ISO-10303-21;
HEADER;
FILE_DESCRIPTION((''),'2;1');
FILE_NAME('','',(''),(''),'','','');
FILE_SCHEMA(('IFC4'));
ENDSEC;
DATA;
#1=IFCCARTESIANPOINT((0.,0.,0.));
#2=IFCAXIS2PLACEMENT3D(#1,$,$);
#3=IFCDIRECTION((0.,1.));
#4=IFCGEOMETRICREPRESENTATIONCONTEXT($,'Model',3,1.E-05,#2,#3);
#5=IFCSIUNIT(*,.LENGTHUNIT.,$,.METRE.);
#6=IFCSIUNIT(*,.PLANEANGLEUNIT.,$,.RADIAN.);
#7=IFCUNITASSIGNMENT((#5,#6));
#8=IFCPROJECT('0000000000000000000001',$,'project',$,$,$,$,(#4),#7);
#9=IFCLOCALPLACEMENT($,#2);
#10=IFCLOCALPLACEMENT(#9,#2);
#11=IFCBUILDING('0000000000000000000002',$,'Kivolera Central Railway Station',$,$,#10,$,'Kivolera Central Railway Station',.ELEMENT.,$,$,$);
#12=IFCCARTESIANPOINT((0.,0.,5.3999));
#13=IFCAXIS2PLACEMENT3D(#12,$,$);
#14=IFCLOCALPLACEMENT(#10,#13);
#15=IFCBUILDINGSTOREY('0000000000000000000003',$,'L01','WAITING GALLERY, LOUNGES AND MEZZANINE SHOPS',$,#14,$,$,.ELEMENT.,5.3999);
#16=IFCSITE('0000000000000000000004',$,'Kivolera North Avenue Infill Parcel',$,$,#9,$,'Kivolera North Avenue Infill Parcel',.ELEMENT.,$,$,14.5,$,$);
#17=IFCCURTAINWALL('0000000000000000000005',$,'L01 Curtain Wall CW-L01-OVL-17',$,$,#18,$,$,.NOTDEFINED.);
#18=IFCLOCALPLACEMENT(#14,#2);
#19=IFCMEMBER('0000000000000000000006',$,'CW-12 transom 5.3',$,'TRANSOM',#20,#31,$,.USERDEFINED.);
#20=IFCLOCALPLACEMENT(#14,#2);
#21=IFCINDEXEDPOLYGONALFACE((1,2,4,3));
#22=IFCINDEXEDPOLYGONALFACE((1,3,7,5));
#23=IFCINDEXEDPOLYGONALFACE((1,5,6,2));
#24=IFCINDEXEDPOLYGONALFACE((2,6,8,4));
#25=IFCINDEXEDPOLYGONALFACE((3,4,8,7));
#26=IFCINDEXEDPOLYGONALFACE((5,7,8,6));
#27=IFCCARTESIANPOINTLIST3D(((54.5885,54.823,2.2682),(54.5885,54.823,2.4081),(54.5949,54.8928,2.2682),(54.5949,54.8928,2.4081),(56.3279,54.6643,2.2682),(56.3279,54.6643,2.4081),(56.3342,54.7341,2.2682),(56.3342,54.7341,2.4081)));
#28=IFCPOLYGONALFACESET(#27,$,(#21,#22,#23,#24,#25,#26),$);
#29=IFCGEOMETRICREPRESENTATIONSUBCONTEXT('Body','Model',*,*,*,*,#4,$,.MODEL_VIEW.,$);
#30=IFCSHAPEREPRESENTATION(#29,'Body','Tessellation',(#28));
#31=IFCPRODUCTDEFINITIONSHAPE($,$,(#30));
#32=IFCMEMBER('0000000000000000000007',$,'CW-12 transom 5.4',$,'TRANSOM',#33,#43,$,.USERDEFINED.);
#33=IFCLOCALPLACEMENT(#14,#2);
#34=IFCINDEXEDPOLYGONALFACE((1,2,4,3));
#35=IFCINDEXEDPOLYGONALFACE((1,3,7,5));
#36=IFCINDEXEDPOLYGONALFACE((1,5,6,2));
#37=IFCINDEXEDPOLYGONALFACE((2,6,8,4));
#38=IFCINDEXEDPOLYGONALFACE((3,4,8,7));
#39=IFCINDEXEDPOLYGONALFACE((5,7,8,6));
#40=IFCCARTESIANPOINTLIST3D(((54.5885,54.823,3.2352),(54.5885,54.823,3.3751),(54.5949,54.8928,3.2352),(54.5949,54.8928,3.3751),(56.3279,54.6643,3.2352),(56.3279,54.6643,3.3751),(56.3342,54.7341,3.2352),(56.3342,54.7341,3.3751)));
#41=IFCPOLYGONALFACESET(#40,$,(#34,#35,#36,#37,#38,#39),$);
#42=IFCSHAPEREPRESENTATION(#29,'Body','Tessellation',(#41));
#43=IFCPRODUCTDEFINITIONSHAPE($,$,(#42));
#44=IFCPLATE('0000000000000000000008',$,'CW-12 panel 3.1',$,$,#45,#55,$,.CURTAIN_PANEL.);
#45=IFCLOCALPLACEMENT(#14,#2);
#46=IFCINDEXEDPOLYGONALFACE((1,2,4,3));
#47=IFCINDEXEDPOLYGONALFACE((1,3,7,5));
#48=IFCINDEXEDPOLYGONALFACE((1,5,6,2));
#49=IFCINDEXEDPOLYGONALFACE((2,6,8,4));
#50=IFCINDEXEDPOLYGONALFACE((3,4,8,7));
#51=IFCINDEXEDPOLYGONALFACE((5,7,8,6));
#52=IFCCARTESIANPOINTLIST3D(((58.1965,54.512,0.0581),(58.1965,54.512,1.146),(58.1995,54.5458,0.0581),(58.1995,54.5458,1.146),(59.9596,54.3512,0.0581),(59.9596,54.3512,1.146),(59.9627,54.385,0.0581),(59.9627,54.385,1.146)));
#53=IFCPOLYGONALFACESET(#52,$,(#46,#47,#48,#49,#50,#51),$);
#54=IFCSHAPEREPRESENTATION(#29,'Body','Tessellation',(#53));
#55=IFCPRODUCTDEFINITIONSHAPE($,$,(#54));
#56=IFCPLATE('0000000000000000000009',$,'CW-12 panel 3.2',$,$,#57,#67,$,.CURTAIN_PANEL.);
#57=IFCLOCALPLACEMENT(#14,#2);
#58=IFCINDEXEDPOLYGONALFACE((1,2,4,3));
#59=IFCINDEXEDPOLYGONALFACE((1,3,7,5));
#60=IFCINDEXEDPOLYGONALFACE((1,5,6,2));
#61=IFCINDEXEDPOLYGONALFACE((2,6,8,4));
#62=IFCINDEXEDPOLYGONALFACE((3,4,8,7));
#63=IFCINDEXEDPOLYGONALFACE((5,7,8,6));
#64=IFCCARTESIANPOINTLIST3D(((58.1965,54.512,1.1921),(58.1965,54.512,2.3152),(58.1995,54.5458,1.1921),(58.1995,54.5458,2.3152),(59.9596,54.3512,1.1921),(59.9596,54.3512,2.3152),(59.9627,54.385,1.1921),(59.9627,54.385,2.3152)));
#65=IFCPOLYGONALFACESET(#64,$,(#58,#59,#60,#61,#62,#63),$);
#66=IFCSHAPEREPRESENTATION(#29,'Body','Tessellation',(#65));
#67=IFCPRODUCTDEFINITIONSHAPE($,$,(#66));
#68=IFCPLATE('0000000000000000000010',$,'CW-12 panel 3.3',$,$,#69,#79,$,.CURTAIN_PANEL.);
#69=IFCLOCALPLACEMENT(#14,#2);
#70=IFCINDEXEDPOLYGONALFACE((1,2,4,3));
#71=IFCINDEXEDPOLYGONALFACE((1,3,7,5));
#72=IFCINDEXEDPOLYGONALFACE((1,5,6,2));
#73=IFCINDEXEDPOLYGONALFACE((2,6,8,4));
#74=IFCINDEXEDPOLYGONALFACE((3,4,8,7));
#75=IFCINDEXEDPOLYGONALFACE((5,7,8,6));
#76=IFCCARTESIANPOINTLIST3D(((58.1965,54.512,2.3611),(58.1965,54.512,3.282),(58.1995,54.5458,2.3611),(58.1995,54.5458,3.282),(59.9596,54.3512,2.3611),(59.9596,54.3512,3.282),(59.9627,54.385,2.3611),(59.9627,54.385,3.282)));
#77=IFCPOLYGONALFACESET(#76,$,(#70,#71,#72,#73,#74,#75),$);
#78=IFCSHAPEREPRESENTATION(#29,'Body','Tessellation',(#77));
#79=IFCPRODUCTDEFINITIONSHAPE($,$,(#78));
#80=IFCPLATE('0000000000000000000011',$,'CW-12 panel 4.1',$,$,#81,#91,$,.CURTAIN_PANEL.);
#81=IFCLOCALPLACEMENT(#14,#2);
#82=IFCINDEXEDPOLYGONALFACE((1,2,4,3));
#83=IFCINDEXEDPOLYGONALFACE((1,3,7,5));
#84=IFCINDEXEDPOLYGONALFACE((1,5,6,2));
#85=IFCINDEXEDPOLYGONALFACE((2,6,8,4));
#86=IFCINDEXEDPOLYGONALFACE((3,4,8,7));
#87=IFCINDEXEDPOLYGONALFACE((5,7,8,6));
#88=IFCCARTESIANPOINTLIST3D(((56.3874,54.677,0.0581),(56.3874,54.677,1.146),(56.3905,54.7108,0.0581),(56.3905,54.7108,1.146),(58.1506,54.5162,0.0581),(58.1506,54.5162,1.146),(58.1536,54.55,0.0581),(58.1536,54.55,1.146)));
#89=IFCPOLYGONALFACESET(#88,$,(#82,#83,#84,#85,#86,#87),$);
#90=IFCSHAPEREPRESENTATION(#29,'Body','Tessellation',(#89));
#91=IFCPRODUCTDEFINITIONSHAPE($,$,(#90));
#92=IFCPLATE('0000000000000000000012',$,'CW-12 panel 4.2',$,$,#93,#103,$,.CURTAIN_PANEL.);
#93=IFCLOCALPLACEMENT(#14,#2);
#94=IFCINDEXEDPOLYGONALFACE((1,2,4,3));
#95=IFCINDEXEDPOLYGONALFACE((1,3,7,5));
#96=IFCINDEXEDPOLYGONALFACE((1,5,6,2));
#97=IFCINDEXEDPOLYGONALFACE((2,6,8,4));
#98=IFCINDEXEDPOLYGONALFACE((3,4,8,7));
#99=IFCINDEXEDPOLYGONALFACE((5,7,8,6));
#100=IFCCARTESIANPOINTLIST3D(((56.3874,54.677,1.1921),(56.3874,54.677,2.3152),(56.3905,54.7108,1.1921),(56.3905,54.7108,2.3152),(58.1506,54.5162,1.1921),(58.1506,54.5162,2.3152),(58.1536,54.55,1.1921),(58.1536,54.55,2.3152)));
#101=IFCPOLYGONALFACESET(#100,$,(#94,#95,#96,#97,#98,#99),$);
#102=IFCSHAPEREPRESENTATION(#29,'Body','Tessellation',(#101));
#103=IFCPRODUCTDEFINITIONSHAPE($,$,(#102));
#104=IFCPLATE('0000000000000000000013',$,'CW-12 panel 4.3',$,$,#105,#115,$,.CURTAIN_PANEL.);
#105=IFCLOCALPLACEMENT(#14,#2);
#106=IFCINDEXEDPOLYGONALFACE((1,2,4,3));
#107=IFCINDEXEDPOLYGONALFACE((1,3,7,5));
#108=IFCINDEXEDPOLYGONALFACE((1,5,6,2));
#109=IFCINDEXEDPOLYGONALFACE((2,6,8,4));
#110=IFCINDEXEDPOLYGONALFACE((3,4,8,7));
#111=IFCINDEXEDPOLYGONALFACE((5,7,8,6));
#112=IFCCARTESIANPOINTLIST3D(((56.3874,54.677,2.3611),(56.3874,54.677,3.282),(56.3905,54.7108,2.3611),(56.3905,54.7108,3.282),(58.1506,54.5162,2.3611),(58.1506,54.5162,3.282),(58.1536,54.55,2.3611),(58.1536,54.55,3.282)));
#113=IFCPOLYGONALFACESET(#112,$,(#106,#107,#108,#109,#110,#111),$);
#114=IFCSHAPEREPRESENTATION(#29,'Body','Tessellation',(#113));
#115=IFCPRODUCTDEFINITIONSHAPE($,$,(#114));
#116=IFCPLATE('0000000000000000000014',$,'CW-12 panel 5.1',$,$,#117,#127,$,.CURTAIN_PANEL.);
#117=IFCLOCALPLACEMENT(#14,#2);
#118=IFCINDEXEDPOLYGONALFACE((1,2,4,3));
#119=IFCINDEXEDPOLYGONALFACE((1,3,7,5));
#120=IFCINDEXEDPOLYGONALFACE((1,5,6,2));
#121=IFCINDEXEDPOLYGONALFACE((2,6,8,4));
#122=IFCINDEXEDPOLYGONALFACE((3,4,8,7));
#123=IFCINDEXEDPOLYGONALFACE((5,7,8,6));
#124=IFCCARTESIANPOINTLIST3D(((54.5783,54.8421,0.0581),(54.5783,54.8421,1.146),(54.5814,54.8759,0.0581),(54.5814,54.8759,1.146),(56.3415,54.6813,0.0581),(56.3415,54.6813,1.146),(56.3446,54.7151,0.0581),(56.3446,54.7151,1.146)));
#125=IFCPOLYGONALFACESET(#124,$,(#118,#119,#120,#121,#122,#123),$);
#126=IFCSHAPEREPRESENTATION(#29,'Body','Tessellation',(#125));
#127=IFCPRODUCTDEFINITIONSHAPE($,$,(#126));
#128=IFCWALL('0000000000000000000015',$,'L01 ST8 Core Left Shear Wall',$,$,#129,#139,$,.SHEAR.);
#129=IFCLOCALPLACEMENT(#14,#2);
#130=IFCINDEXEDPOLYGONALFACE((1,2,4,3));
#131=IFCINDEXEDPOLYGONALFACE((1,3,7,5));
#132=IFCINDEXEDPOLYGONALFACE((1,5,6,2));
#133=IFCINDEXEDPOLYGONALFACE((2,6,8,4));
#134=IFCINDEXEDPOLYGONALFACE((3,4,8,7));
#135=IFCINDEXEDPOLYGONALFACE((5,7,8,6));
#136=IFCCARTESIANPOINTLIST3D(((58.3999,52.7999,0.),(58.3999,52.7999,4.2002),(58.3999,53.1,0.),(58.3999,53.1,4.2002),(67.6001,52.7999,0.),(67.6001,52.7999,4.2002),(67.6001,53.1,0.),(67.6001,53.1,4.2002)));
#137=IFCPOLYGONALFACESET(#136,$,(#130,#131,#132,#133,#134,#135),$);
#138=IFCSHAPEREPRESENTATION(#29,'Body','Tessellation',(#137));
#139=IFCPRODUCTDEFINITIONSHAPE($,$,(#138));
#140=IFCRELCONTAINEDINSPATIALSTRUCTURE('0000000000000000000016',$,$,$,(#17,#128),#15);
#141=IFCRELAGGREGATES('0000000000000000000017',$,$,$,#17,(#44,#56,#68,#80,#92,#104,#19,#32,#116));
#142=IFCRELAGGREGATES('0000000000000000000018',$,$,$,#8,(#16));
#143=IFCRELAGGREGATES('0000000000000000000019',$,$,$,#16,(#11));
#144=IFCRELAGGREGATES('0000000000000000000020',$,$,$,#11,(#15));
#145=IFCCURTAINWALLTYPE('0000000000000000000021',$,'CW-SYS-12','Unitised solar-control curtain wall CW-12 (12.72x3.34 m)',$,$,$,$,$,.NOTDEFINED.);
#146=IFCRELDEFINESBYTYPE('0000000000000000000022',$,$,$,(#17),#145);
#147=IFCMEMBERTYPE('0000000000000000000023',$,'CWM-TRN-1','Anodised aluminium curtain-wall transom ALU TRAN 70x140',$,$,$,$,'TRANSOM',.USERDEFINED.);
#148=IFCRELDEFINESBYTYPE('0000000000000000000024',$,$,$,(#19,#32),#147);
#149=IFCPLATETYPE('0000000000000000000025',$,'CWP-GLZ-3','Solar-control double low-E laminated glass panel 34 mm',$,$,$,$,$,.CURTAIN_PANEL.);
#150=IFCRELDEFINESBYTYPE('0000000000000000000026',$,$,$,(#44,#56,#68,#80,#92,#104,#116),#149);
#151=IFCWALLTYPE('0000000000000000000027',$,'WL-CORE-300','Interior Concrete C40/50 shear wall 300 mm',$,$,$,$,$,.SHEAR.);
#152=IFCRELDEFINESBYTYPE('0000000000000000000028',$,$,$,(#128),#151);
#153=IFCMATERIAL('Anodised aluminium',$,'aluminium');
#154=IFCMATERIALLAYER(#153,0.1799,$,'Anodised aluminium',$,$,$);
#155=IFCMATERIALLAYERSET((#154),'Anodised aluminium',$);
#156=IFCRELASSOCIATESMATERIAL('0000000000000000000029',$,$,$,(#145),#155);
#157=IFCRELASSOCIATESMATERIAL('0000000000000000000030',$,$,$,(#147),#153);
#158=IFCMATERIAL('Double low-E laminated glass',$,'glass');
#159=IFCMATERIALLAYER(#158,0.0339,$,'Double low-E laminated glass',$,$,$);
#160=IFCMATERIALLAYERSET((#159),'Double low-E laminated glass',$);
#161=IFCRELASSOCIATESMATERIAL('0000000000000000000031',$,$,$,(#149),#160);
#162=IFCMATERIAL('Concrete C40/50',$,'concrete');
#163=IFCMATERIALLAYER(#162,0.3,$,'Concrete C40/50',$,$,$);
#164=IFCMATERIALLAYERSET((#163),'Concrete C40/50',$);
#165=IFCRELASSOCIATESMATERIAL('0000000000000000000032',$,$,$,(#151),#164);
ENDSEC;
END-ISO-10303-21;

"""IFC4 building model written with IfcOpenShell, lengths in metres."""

from ifc_helpers import new_model, si_unit, direction, frame, frame_2d, origin, origin_2d, place, context, subcontext, project, spatial, rectangle, extrude, material, layer, layer_set, material_profile, profile_set, type_object, element, aggregate, save


model = new_model("IFC4")

# Units and contexts
model_context = context("Model", 3, precision=1e-05, world=origin(), true_north=direction((0.0, 1.0)))
body_context = subcontext(model_context, "Body", "Model", "MODEL_VIEW")
ifc_project = project(units=[si_unit("LENGTHUNIT", "METRE"), si_unit("PLANEANGLEUNIT", "RADIAN")], contexts=[model_context])

# Site, building, storey
site_placement = place(None, origin())
site = spatial("IfcSite", under=ifc_project, at=site_placement, Name="Kivolera North Avenue Infill Parcel", LongName="Kivolera North Avenue Infill Parcel", CompositionType="ELEMENT", RefElevation=14.5)
building_placement = place(site_placement, origin())
building = spatial("IfcBuilding", under=site, at=building_placement, Name="Kivolera Central Railway Station", LongName="Kivolera Central Railway Station", CompositionType="ELEMENT")
storey_placement = place(building_placement, frame((0.0, 0.0, 5.3999)))
storey = spatial("IfcBuildingStorey", under=building, at=storey_placement, Name="L01", Description="WAITING GALLERY, LOUNGES AND MEZZANINE SHOPS", CompositionType="ELEMENT", Elevation=5.3999)

# Curtain wall, members, plates
ifc_material_1 = material(Name="Anodised aluminium", Category="aluminium")
ifc_layer_1 = layer(ifc_material_1, 0.1799, Name="Anodised aluminium")
ifc_layer_set_1 = layer_set([ifc_layer_1], Name="Anodised aluminium")
curtain_wall_type = type_object("IfcCurtainWallType", Name="CW-SYS-12", Description="Unitised solar-control curtain wall CW-12 (12.72x3.34 m)", PredefinedType="NOTDEFINED", material=ifc_layer_set_1)
curtain_wall_placement = place(storey_placement, origin())
curtain_wall = element("IfcCurtainWall", 1, at=curtain_wall_placement, inside=storey, type_object=curtain_wall_type, Name="L01 Curtain Wall CW-L01-OVL-17", PredefinedType="NOTDEFINED")
ifc_material_profile_1 = material_profile(ifc_material_1, rectangle(XDim=0.0701, YDim=0.1399, at=origin_2d()), Name="ALU TRAN 70x140")
ifc_profile_set_1 = profile_set([ifc_material_profile_1], Name="Anodised aluminium")
member_type_1 = type_object("IfcMemberType", Name="CWM-TRN-1", Description="Anodised aluminium curtain-wall transom ALU TRAN 70x140", ElementType="TRANSOM", PredefinedType="USERDEFINED", material=ifc_profile_set_1)
member_1_placement = place(storey_placement, frame((56.3311, 54.6992, 2.3381), z_axis=(-0.995863, 0.090863, 0.0), x_axis=(-0.090863, -0.995863, 0.0)))
member_1 = element("IfcMember", 2, at=member_1_placement, type_object=member_type_1, Name="CW-12 transom 5.3", ObjectType="TRANSOM", PredefinedType="USERDEFINED", context=body_context, shape_type="SweptSolid", body=[
    extrude(rectangle(XDim=0.0701, YDim=0.1399, at=origin_2d()), origin(), (0.0, 0.0, 1.0), 1.7466),
])
member_2_placement = place(storey_placement, frame((56.3311, 54.6992, 3.3052), z_axis=(-0.995863, 0.090863, 0.0), x_axis=(-0.090863, -0.995863, 0.0)))
member_2 = element("IfcMember", 3, at=member_2_placement, type_object=member_type_1, Name="CW-12 transom 5.4", ObjectType="TRANSOM", PredefinedType="USERDEFINED", context=body_context, shape_type="SweptSolid", body=[
    extrude(rectangle(XDim=0.0701, YDim=0.1399, at=origin_2d()), origin(), (0.0, 0.0, 1.0), 1.7466),
])
ifc_material_2 = material(Name="Double low-E laminated glass", Category="glass")
ifc_layer_2 = layer(ifc_material_2, 0.0339, Name="Double low-E laminated glass")
ifc_layer_set_2 = layer_set([ifc_layer_2], Name="Double low-E laminated glass")
plate_type = type_object("IfcPlateType", Name="CWP-GLZ-3", Description="Solar-control double low-E laminated glass panel 34 mm", PredefinedType="CURTAIN_PANEL", material=ifc_layer_set_2)
plate_1_placement = place(storey_placement, frame((59.0796, 54.4485, 0.0581), z_axis=(0.0, 0.0, 1.0), x_axis=(-0.995866, 0.090834, 0.0)))
plate_1 = element("IfcPlate", 4, at=plate_1_placement, type_object=plate_type, Name="CW-12 panel 3.1", PredefinedType="CURTAIN_PANEL", context=body_context, shape_type="SweptSolid", body=[
    extrude(rectangle(XDim=1.7705, YDim=0.0339, at=origin_2d()), origin(), (0.0, 0.0, 1.0), 1.0879),
])
plate_2_placement = place(storey_placement, frame((59.0796, 54.4485, 1.1921), z_axis=(0.0, 0.0, 1.0), x_axis=(-0.995866, 0.090834, 0.0)))
plate_2 = element("IfcPlate", 5, at=plate_2_placement, type_object=plate_type, Name="CW-12 panel 3.2", PredefinedType="CURTAIN_PANEL", context=body_context, shape_type="SweptSolid", body=[
    extrude(rectangle(XDim=1.7705, YDim=0.0339, at=origin_2d()), origin(), (0.0, 0.0, 1.0), 1.123),
])
plate_3_placement = place(storey_placement, frame((59.0796, 54.4485, 2.3611), z_axis=(0.0, 0.0, 1.0), x_axis=(-0.995866, 0.090834, 0.0)))
plate_3 = element("IfcPlate", 6, at=plate_3_placement, type_object=plate_type, Name="CW-12 panel 3.3", PredefinedType="CURTAIN_PANEL", context=body_context, shape_type="SweptSolid", body=[
    extrude(rectangle(XDim=1.7705, YDim=0.0339, at=origin_2d()), origin(), (0.0, 0.0, 1.0), 0.9209),
])
plate_4_placement = place(storey_placement, frame((57.2705, 54.6135, 0.0581), z_axis=(0.0, 0.0, 1.0), x_axis=(-0.995866, 0.090834, 0.0)))
plate_4 = element("IfcPlate", 7, at=plate_4_placement, type_object=plate_type, Name="CW-12 panel 4.1", PredefinedType="CURTAIN_PANEL", context=body_context, shape_type="SweptSolid", body=[
    extrude(rectangle(XDim=1.7705, YDim=0.0339, at=origin_2d()), origin(), (0.0, 0.0, 1.0), 1.0879),
])
plate_5_placement = place(storey_placement, frame((57.2705, 54.6135, 1.1921), z_axis=(0.0, 0.0, 1.0), x_axis=(-0.995866, 0.090834, 0.0)))
plate_5 = element("IfcPlate", 8, at=plate_5_placement, type_object=plate_type, Name="CW-12 panel 4.2", PredefinedType="CURTAIN_PANEL", context=body_context, shape_type="SweptSolid", body=[
    extrude(rectangle(XDim=1.7705, YDim=0.0339, at=origin_2d()), origin(), (0.0, 0.0, 1.0), 1.123),
])
plate_6_placement = place(storey_placement, frame((57.2705, 54.6135, 2.3611), z_axis=(0.0, 0.0, 1.0), x_axis=(-0.995866, 0.090834, 0.0)))
plate_6 = element("IfcPlate", 9, at=plate_6_placement, type_object=plate_type, Name="CW-12 panel 4.3", PredefinedType="CURTAIN_PANEL", context=body_context, shape_type="SweptSolid", body=[
    extrude(rectangle(XDim=1.7705, YDim=0.0339, at=origin_2d()), origin(), (0.0, 0.0, 1.0), 0.9209),
])
plate_7_placement = place(storey_placement, frame((55.4614, 54.7786, 0.0581), z_axis=(0.0, 0.0, 1.0), x_axis=(-0.995866, 0.090834, 0.0)))
plate_7 = element("IfcPlate", 10, at=plate_7_placement, type_object=plate_type, Name="CW-12 panel 5.1", PredefinedType="CURTAIN_PANEL", context=body_context, shape_type="SweptSolid", body=[
    extrude(rectangle(XDim=1.7705, YDim=0.0339, at=origin_2d()), origin(), (0.0, 0.0, 1.0), 1.0879),
])
aggregate(curtain_wall, [plate_1, plate_2, plate_3, plate_4, plate_5, plate_6, member_1, member_2, plate_7])

# Wall
ifc_material_3 = material(Name="Concrete C40/50", Category="concrete")
ifc_layer_3 = layer(ifc_material_3, 0.3, Name="Concrete C40/50")
ifc_layer_set_3 = layer_set([ifc_layer_3], Name="Concrete C40/50")
wall_type = type_object("IfcWallType", Name="WL-CORE-300", Description="Interior Concrete C40/50 shear wall 300 mm", PredefinedType="SHEAR", material=ifc_layer_set_3)
wall_placement = place(storey_placement, frame((58.3999, 52.95, 0.0), z_axis=(0.0, 0.0, 1.0), x_axis=(1.0, 0.0, 0.0)))
element("IfcWall", 11, at=wall_placement, inside=storey, type_object=wall_type, Name="L01 ST8 Core Left Shear Wall", PredefinedType="SHEAR", context=body_context, shape_type="SweptSolid", body=[
    extrude(rectangle(XDim=9.2002, YDim=0.3, at=frame_2d((4.6001, 0.0))), origin(), (0.0, 0.0, 1.0), 4.2002),
])

save(model, "model.ifc")
